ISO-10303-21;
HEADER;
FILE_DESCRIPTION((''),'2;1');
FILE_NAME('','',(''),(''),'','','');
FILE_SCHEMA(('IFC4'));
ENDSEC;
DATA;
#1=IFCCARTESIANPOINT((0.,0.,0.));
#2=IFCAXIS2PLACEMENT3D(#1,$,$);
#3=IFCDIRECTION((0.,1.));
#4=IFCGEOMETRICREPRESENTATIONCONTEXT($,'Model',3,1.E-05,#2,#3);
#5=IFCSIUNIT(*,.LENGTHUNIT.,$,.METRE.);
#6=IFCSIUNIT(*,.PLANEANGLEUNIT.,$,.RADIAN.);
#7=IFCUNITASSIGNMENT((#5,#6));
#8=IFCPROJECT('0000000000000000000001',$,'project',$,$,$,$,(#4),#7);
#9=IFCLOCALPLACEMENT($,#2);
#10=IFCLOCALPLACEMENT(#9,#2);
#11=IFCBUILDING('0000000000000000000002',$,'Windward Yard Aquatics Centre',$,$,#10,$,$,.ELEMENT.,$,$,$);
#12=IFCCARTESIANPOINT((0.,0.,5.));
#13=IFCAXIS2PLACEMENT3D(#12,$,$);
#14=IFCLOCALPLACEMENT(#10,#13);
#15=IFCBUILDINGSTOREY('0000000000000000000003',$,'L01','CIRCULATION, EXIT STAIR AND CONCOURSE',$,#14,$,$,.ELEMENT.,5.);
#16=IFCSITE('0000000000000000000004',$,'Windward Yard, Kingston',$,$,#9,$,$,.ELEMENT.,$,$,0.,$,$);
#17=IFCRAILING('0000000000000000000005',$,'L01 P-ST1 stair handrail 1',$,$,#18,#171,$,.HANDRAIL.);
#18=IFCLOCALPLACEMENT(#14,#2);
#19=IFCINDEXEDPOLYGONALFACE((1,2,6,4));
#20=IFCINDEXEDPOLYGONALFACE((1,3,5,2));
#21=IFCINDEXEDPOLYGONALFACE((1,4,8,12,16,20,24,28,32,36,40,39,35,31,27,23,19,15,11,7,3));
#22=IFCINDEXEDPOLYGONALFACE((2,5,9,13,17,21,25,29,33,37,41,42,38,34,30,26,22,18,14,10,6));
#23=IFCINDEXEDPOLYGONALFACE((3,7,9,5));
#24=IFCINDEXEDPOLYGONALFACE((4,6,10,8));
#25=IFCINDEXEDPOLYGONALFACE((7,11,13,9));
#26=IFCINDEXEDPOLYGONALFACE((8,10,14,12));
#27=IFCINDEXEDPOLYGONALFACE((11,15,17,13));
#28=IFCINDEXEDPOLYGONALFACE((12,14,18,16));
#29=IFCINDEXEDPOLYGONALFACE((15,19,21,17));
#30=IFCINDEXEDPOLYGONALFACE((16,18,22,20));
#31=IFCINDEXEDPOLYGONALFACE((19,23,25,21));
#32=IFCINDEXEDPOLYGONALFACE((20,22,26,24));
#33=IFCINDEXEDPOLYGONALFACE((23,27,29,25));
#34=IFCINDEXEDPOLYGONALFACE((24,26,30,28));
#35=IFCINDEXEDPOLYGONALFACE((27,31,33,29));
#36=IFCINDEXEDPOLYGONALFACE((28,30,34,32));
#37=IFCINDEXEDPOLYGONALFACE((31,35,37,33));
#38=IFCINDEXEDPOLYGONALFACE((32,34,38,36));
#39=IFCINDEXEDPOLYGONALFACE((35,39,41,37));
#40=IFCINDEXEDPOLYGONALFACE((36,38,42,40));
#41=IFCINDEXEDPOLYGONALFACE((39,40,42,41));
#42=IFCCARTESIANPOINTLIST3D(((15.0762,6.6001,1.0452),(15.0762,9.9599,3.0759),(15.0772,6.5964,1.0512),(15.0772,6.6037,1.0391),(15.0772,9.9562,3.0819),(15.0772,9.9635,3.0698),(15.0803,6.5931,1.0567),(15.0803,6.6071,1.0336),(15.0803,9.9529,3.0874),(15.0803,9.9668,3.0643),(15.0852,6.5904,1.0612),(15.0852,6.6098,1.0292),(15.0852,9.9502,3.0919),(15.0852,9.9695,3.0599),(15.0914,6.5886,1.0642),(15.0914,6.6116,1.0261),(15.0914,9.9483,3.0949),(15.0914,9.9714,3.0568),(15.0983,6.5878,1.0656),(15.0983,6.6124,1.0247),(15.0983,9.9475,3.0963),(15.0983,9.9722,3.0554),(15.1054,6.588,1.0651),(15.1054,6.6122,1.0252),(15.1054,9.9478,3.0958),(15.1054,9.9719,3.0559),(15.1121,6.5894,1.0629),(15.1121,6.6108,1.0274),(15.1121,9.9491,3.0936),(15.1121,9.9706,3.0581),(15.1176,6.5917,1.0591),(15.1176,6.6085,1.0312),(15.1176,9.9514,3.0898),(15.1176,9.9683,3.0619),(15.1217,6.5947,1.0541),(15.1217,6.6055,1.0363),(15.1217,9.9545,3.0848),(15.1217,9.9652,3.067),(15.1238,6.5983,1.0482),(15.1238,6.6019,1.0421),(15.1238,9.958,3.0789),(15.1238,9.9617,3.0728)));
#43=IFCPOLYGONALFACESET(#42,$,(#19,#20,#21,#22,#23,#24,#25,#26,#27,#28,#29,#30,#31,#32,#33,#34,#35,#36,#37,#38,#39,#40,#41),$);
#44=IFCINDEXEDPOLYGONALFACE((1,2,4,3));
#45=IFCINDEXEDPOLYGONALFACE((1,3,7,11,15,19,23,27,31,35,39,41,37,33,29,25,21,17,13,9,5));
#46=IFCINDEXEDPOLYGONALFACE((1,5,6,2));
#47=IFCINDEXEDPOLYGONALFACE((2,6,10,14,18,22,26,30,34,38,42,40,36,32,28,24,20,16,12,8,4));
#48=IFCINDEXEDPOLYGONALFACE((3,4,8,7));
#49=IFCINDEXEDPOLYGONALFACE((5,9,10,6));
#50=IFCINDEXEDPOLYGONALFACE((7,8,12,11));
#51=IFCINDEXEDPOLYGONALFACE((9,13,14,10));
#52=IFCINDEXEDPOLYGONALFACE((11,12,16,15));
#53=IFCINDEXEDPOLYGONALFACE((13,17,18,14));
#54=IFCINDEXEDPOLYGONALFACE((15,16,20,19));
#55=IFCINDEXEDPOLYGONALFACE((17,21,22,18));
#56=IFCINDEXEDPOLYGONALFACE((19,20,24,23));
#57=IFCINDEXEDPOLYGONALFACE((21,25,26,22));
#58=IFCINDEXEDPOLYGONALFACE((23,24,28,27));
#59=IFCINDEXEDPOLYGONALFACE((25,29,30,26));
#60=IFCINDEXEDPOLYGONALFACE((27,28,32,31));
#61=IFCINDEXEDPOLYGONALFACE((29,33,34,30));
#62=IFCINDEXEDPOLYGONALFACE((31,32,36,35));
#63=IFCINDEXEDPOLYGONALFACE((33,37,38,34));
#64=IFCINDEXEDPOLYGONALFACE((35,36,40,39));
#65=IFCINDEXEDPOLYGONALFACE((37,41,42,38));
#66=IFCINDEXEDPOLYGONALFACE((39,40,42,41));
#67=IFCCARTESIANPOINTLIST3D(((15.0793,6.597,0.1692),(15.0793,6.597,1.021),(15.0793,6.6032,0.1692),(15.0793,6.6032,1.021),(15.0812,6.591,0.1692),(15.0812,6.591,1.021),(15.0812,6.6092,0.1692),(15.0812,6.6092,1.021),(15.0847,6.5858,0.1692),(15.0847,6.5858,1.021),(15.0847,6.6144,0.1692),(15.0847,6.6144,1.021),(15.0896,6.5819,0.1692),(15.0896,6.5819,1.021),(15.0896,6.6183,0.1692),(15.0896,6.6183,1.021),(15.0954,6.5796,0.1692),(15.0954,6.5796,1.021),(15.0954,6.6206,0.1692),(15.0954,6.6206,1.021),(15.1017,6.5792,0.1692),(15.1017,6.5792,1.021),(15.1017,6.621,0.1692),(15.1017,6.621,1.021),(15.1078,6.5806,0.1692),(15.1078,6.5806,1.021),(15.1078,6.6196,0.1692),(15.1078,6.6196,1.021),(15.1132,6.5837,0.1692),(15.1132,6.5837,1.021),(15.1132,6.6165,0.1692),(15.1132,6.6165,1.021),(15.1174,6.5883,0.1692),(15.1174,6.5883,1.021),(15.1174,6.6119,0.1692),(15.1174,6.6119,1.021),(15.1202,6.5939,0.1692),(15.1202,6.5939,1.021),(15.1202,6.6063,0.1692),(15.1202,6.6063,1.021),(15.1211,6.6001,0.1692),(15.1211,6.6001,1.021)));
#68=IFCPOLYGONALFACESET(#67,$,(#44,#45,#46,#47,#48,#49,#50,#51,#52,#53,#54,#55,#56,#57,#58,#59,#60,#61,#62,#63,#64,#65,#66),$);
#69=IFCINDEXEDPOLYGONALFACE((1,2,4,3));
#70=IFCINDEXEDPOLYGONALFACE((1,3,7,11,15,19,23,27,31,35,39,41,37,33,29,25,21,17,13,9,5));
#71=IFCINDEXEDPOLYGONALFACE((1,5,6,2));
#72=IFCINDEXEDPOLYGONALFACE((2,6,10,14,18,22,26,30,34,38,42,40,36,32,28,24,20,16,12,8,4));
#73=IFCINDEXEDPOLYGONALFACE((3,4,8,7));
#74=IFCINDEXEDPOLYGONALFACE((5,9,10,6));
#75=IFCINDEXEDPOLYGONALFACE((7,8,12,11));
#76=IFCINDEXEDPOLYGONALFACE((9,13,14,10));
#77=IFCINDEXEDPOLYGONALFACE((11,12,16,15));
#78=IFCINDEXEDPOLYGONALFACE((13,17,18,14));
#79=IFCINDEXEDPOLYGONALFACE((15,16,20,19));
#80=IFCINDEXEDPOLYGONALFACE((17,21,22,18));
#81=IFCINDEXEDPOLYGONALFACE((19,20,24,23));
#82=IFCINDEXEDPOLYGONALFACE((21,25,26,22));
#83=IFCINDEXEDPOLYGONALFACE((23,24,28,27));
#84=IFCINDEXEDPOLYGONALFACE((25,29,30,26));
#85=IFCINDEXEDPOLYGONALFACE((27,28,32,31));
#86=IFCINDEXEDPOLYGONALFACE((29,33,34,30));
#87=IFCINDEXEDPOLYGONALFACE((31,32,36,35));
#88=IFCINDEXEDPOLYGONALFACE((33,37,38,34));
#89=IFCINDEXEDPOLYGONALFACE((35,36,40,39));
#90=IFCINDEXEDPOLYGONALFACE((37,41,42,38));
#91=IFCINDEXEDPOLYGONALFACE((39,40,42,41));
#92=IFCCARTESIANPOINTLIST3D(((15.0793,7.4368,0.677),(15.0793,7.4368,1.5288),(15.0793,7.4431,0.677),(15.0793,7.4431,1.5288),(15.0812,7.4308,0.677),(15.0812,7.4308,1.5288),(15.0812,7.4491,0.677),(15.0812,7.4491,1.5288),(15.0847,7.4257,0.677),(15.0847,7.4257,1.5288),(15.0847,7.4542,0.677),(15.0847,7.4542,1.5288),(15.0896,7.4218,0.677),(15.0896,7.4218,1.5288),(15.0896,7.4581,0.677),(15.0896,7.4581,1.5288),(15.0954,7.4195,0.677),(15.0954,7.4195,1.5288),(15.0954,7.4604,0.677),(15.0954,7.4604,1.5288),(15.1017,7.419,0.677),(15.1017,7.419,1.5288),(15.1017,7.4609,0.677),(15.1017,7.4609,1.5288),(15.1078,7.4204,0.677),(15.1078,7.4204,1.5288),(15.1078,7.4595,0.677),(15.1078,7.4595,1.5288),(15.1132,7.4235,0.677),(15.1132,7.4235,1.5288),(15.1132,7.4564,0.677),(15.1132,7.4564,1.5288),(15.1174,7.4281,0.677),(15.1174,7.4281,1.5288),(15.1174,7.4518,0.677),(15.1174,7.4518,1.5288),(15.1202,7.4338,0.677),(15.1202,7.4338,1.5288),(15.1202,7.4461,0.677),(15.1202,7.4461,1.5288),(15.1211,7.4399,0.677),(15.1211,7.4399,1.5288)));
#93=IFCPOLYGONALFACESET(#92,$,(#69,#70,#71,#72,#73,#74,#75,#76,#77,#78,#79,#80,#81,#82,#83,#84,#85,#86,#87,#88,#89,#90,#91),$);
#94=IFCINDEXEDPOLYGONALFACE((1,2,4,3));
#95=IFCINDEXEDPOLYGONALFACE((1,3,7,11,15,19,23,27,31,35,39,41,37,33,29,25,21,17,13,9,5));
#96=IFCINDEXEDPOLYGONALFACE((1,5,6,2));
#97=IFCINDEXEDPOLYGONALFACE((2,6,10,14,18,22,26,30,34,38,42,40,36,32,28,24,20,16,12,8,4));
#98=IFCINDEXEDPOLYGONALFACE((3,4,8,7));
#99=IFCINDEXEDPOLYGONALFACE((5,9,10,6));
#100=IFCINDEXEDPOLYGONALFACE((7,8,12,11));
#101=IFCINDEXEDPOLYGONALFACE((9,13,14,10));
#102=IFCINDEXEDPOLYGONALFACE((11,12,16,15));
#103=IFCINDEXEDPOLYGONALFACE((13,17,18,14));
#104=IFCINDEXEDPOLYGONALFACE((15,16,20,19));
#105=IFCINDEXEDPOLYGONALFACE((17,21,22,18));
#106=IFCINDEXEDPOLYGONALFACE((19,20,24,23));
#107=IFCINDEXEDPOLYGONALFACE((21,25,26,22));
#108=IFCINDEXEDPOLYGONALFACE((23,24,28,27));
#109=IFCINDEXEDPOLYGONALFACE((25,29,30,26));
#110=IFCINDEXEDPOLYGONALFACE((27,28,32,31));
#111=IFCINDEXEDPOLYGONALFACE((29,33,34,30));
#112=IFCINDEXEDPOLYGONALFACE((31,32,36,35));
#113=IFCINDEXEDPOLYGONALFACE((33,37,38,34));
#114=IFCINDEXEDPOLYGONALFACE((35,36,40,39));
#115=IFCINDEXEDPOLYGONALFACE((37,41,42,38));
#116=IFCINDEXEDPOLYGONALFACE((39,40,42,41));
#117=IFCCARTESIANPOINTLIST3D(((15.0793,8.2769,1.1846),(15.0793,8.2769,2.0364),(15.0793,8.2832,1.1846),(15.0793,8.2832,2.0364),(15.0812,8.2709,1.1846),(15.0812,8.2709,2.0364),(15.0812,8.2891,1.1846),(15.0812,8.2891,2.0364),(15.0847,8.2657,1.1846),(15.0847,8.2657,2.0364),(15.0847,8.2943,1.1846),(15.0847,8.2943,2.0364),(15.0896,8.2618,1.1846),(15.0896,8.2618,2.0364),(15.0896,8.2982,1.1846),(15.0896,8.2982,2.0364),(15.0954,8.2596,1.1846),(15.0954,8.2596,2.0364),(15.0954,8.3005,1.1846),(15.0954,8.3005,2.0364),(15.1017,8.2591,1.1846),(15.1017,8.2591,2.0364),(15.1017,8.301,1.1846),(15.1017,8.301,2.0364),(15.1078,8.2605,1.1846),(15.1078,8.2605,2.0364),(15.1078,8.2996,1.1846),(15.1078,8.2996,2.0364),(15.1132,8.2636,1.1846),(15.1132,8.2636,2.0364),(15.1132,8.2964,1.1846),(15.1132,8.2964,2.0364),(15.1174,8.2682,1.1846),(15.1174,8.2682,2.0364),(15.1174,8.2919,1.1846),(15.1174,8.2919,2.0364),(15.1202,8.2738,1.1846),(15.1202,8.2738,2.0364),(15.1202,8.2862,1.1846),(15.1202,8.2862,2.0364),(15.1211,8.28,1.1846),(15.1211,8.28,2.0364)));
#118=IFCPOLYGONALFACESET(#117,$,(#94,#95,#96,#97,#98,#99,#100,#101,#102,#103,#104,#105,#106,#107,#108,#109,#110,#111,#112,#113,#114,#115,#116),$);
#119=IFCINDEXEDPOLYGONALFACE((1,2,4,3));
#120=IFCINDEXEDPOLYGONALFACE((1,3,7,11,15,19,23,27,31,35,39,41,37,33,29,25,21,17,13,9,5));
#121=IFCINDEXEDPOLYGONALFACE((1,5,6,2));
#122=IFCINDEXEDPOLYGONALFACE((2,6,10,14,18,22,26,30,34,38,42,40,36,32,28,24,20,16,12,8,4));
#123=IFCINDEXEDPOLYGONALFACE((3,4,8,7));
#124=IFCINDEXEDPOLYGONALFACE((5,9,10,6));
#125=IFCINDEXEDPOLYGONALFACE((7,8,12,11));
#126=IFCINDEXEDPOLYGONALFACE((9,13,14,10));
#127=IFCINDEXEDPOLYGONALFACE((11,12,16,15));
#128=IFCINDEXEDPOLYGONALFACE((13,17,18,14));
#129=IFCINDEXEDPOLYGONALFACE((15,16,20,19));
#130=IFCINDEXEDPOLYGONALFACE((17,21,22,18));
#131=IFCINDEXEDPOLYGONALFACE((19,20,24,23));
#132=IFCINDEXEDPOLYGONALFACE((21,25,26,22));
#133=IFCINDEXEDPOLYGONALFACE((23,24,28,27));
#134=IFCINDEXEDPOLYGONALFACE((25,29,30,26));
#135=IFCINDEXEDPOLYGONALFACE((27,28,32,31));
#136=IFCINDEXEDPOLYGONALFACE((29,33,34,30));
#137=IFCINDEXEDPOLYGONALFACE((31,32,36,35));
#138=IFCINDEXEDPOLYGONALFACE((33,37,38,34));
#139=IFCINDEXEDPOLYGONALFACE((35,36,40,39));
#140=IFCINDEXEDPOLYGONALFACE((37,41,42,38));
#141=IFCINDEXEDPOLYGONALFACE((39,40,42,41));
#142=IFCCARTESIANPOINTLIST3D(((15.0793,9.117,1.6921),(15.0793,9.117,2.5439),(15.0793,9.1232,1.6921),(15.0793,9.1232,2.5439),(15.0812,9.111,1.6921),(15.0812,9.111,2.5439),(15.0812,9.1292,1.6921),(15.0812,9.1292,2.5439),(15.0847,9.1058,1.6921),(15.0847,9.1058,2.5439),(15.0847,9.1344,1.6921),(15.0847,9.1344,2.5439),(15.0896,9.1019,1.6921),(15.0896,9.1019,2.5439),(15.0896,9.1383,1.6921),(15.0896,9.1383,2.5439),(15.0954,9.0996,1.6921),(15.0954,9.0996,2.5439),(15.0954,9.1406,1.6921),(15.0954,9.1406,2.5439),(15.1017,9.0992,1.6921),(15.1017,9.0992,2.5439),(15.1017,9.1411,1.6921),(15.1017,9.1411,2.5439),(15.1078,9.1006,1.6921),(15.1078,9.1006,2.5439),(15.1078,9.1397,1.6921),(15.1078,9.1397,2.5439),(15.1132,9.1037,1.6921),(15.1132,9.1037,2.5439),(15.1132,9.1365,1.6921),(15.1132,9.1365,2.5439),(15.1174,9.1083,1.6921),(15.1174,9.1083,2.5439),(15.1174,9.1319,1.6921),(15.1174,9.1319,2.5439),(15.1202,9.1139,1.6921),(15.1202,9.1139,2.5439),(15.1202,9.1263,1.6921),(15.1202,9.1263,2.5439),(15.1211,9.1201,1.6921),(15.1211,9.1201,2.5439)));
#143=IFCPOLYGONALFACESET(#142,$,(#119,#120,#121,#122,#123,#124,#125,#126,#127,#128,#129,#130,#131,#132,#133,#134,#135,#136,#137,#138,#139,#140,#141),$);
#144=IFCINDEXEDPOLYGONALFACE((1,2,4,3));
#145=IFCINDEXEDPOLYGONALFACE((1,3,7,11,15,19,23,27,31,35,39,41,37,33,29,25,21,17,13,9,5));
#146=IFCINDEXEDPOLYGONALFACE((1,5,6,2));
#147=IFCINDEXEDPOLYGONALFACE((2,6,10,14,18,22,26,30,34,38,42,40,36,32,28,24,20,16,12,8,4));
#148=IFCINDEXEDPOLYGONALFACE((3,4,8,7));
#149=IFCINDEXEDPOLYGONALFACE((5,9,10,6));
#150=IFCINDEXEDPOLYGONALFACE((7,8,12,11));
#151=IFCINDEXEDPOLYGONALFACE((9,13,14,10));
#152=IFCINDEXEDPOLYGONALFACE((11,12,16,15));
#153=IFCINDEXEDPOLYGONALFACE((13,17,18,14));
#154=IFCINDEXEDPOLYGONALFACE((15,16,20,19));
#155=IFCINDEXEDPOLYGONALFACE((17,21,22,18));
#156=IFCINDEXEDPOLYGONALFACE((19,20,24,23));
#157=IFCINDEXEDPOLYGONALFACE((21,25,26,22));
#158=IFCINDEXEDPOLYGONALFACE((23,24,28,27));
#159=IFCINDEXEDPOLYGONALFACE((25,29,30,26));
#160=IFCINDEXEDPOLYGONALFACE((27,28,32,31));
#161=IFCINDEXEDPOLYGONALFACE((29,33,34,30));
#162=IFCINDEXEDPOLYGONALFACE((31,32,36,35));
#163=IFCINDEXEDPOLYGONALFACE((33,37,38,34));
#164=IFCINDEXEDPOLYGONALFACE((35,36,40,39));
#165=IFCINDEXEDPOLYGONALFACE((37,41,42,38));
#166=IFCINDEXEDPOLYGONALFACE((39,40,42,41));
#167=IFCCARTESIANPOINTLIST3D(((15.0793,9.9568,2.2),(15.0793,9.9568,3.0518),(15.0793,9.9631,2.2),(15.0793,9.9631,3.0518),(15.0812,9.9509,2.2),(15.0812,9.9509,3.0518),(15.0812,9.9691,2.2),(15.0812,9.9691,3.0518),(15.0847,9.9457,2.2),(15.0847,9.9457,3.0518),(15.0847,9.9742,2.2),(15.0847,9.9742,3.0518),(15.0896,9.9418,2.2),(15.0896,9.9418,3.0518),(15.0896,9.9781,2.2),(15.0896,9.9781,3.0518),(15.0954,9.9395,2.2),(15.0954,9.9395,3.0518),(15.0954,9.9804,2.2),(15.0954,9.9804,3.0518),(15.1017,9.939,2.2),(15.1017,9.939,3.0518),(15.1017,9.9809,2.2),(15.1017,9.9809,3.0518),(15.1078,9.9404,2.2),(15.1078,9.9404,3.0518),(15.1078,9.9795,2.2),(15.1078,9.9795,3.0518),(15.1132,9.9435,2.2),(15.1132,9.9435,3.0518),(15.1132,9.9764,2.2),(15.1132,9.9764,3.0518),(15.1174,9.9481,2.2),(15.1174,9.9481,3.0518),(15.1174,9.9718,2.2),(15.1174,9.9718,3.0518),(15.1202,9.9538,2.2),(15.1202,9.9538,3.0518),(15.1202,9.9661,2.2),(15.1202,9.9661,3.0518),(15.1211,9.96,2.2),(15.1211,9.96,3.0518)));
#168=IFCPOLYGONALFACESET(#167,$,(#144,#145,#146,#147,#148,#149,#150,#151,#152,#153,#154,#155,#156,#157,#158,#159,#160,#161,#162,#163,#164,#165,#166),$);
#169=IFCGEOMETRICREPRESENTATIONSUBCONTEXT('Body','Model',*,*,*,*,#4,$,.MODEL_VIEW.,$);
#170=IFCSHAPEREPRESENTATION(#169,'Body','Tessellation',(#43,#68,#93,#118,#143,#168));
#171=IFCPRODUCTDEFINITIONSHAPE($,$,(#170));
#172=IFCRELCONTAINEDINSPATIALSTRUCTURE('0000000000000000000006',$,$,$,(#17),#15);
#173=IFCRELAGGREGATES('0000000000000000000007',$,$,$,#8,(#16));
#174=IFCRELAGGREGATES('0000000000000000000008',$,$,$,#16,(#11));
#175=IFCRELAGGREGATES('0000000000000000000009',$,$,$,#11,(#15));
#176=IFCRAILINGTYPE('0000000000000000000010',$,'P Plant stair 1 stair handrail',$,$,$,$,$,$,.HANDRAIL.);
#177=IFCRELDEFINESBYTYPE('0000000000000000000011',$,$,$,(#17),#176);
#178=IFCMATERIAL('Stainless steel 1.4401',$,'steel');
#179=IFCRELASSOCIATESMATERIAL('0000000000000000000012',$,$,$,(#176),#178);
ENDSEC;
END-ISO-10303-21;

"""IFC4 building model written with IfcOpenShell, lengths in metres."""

from ifc_helpers import new_model, si_unit, direction, frame, origin, origin_2d, place, context, subcontext, project, spatial, circle, extrude, material, type_object, element, save


model = new_model("IFC4")

# Units and contexts
model_context = context("Model", 3, precision=1e-05, world=origin(), true_north=direction((0.0, 1.0)))
body_context = subcontext(model_context, "Body", "Model", "MODEL_VIEW")
ifc_project = project(units=[si_unit("LENGTHUNIT", "METRE"), si_unit("PLANEANGLEUNIT", "RADIAN")], contexts=[model_context])

# Site, building, storey
site_placement = place(None, origin())
site = spatial("IfcSite", under=ifc_project, at=site_placement, Name="Windward Yard, Kingston", CompositionType="ELEMENT", RefElevation=0.0)
building_placement = place(site_placement, origin())
building = spatial("IfcBuilding", under=site, at=building_placement, Name="Windward Yard Aquatics Centre", CompositionType="ELEMENT")
storey_placement = place(building_placement, frame((0.0, 0.0, 5.0)))
storey = spatial("IfcBuildingStorey", under=building, at=storey_placement, Name="L01", Description="CIRCULATION, EXIT STAIR AND CONCOURSE", CompositionType="ELEMENT", Elevation=5.0)

# Railing
ifc_material_1 = material(Name="Stainless steel 1.4401", Category="steel")
railing_type = type_object("IfcRailingType", Name="P Plant stair 1 stair handrail", PredefinedType="HANDRAIL", material=ifc_material_1)
railing_placement = place(storey_placement, frame((15.1001, 6.6001, 0.1692)))
element("IfcRailing", 1, at=railing_placement, inside=storey, type_object=railing_type, Name="L01 P-ST1 stair handrail 1", PredefinedType="HANDRAIL", context=body_context, shape_type="SweptSolid", body=[
    extrude(circle(Radius=0.0239, at=origin_2d()), frame((0.0, 0.0, 0.876), z_axis=(0.0, 0.85582, 0.517273), x_axis=(-1.0, 0.0, 0.0)), (0.0, 0.0, 1.0), 3.9258),
    extrude(circle(Radius=0.021, at=origin_2d()), origin(), (0.0, 0.0, 1.0), 0.8518),
    extrude(circle(Radius=0.021, at=origin_2d()), frame((0.0, 0.8398, 0.5078)), (0.0, 0.0, 1.0), 0.8518),
    extrude(circle(Radius=0.021, at=origin_2d()), frame((0.0, 1.6799, 1.0154)), (0.0, 0.0, 1.0), 0.8518),
    extrude(circle(Radius=0.021, at=origin_2d()), frame((0.0, 2.52, 1.5229)), (0.0, 0.0, 1.0), 0.8518),
    extrude(circle(Radius=0.021, at=origin_2d()), frame((0.0, 3.3599, 2.0308)), (0.0, 0.0, 1.0), 0.8518),
])

save(model, "model.ifc")
